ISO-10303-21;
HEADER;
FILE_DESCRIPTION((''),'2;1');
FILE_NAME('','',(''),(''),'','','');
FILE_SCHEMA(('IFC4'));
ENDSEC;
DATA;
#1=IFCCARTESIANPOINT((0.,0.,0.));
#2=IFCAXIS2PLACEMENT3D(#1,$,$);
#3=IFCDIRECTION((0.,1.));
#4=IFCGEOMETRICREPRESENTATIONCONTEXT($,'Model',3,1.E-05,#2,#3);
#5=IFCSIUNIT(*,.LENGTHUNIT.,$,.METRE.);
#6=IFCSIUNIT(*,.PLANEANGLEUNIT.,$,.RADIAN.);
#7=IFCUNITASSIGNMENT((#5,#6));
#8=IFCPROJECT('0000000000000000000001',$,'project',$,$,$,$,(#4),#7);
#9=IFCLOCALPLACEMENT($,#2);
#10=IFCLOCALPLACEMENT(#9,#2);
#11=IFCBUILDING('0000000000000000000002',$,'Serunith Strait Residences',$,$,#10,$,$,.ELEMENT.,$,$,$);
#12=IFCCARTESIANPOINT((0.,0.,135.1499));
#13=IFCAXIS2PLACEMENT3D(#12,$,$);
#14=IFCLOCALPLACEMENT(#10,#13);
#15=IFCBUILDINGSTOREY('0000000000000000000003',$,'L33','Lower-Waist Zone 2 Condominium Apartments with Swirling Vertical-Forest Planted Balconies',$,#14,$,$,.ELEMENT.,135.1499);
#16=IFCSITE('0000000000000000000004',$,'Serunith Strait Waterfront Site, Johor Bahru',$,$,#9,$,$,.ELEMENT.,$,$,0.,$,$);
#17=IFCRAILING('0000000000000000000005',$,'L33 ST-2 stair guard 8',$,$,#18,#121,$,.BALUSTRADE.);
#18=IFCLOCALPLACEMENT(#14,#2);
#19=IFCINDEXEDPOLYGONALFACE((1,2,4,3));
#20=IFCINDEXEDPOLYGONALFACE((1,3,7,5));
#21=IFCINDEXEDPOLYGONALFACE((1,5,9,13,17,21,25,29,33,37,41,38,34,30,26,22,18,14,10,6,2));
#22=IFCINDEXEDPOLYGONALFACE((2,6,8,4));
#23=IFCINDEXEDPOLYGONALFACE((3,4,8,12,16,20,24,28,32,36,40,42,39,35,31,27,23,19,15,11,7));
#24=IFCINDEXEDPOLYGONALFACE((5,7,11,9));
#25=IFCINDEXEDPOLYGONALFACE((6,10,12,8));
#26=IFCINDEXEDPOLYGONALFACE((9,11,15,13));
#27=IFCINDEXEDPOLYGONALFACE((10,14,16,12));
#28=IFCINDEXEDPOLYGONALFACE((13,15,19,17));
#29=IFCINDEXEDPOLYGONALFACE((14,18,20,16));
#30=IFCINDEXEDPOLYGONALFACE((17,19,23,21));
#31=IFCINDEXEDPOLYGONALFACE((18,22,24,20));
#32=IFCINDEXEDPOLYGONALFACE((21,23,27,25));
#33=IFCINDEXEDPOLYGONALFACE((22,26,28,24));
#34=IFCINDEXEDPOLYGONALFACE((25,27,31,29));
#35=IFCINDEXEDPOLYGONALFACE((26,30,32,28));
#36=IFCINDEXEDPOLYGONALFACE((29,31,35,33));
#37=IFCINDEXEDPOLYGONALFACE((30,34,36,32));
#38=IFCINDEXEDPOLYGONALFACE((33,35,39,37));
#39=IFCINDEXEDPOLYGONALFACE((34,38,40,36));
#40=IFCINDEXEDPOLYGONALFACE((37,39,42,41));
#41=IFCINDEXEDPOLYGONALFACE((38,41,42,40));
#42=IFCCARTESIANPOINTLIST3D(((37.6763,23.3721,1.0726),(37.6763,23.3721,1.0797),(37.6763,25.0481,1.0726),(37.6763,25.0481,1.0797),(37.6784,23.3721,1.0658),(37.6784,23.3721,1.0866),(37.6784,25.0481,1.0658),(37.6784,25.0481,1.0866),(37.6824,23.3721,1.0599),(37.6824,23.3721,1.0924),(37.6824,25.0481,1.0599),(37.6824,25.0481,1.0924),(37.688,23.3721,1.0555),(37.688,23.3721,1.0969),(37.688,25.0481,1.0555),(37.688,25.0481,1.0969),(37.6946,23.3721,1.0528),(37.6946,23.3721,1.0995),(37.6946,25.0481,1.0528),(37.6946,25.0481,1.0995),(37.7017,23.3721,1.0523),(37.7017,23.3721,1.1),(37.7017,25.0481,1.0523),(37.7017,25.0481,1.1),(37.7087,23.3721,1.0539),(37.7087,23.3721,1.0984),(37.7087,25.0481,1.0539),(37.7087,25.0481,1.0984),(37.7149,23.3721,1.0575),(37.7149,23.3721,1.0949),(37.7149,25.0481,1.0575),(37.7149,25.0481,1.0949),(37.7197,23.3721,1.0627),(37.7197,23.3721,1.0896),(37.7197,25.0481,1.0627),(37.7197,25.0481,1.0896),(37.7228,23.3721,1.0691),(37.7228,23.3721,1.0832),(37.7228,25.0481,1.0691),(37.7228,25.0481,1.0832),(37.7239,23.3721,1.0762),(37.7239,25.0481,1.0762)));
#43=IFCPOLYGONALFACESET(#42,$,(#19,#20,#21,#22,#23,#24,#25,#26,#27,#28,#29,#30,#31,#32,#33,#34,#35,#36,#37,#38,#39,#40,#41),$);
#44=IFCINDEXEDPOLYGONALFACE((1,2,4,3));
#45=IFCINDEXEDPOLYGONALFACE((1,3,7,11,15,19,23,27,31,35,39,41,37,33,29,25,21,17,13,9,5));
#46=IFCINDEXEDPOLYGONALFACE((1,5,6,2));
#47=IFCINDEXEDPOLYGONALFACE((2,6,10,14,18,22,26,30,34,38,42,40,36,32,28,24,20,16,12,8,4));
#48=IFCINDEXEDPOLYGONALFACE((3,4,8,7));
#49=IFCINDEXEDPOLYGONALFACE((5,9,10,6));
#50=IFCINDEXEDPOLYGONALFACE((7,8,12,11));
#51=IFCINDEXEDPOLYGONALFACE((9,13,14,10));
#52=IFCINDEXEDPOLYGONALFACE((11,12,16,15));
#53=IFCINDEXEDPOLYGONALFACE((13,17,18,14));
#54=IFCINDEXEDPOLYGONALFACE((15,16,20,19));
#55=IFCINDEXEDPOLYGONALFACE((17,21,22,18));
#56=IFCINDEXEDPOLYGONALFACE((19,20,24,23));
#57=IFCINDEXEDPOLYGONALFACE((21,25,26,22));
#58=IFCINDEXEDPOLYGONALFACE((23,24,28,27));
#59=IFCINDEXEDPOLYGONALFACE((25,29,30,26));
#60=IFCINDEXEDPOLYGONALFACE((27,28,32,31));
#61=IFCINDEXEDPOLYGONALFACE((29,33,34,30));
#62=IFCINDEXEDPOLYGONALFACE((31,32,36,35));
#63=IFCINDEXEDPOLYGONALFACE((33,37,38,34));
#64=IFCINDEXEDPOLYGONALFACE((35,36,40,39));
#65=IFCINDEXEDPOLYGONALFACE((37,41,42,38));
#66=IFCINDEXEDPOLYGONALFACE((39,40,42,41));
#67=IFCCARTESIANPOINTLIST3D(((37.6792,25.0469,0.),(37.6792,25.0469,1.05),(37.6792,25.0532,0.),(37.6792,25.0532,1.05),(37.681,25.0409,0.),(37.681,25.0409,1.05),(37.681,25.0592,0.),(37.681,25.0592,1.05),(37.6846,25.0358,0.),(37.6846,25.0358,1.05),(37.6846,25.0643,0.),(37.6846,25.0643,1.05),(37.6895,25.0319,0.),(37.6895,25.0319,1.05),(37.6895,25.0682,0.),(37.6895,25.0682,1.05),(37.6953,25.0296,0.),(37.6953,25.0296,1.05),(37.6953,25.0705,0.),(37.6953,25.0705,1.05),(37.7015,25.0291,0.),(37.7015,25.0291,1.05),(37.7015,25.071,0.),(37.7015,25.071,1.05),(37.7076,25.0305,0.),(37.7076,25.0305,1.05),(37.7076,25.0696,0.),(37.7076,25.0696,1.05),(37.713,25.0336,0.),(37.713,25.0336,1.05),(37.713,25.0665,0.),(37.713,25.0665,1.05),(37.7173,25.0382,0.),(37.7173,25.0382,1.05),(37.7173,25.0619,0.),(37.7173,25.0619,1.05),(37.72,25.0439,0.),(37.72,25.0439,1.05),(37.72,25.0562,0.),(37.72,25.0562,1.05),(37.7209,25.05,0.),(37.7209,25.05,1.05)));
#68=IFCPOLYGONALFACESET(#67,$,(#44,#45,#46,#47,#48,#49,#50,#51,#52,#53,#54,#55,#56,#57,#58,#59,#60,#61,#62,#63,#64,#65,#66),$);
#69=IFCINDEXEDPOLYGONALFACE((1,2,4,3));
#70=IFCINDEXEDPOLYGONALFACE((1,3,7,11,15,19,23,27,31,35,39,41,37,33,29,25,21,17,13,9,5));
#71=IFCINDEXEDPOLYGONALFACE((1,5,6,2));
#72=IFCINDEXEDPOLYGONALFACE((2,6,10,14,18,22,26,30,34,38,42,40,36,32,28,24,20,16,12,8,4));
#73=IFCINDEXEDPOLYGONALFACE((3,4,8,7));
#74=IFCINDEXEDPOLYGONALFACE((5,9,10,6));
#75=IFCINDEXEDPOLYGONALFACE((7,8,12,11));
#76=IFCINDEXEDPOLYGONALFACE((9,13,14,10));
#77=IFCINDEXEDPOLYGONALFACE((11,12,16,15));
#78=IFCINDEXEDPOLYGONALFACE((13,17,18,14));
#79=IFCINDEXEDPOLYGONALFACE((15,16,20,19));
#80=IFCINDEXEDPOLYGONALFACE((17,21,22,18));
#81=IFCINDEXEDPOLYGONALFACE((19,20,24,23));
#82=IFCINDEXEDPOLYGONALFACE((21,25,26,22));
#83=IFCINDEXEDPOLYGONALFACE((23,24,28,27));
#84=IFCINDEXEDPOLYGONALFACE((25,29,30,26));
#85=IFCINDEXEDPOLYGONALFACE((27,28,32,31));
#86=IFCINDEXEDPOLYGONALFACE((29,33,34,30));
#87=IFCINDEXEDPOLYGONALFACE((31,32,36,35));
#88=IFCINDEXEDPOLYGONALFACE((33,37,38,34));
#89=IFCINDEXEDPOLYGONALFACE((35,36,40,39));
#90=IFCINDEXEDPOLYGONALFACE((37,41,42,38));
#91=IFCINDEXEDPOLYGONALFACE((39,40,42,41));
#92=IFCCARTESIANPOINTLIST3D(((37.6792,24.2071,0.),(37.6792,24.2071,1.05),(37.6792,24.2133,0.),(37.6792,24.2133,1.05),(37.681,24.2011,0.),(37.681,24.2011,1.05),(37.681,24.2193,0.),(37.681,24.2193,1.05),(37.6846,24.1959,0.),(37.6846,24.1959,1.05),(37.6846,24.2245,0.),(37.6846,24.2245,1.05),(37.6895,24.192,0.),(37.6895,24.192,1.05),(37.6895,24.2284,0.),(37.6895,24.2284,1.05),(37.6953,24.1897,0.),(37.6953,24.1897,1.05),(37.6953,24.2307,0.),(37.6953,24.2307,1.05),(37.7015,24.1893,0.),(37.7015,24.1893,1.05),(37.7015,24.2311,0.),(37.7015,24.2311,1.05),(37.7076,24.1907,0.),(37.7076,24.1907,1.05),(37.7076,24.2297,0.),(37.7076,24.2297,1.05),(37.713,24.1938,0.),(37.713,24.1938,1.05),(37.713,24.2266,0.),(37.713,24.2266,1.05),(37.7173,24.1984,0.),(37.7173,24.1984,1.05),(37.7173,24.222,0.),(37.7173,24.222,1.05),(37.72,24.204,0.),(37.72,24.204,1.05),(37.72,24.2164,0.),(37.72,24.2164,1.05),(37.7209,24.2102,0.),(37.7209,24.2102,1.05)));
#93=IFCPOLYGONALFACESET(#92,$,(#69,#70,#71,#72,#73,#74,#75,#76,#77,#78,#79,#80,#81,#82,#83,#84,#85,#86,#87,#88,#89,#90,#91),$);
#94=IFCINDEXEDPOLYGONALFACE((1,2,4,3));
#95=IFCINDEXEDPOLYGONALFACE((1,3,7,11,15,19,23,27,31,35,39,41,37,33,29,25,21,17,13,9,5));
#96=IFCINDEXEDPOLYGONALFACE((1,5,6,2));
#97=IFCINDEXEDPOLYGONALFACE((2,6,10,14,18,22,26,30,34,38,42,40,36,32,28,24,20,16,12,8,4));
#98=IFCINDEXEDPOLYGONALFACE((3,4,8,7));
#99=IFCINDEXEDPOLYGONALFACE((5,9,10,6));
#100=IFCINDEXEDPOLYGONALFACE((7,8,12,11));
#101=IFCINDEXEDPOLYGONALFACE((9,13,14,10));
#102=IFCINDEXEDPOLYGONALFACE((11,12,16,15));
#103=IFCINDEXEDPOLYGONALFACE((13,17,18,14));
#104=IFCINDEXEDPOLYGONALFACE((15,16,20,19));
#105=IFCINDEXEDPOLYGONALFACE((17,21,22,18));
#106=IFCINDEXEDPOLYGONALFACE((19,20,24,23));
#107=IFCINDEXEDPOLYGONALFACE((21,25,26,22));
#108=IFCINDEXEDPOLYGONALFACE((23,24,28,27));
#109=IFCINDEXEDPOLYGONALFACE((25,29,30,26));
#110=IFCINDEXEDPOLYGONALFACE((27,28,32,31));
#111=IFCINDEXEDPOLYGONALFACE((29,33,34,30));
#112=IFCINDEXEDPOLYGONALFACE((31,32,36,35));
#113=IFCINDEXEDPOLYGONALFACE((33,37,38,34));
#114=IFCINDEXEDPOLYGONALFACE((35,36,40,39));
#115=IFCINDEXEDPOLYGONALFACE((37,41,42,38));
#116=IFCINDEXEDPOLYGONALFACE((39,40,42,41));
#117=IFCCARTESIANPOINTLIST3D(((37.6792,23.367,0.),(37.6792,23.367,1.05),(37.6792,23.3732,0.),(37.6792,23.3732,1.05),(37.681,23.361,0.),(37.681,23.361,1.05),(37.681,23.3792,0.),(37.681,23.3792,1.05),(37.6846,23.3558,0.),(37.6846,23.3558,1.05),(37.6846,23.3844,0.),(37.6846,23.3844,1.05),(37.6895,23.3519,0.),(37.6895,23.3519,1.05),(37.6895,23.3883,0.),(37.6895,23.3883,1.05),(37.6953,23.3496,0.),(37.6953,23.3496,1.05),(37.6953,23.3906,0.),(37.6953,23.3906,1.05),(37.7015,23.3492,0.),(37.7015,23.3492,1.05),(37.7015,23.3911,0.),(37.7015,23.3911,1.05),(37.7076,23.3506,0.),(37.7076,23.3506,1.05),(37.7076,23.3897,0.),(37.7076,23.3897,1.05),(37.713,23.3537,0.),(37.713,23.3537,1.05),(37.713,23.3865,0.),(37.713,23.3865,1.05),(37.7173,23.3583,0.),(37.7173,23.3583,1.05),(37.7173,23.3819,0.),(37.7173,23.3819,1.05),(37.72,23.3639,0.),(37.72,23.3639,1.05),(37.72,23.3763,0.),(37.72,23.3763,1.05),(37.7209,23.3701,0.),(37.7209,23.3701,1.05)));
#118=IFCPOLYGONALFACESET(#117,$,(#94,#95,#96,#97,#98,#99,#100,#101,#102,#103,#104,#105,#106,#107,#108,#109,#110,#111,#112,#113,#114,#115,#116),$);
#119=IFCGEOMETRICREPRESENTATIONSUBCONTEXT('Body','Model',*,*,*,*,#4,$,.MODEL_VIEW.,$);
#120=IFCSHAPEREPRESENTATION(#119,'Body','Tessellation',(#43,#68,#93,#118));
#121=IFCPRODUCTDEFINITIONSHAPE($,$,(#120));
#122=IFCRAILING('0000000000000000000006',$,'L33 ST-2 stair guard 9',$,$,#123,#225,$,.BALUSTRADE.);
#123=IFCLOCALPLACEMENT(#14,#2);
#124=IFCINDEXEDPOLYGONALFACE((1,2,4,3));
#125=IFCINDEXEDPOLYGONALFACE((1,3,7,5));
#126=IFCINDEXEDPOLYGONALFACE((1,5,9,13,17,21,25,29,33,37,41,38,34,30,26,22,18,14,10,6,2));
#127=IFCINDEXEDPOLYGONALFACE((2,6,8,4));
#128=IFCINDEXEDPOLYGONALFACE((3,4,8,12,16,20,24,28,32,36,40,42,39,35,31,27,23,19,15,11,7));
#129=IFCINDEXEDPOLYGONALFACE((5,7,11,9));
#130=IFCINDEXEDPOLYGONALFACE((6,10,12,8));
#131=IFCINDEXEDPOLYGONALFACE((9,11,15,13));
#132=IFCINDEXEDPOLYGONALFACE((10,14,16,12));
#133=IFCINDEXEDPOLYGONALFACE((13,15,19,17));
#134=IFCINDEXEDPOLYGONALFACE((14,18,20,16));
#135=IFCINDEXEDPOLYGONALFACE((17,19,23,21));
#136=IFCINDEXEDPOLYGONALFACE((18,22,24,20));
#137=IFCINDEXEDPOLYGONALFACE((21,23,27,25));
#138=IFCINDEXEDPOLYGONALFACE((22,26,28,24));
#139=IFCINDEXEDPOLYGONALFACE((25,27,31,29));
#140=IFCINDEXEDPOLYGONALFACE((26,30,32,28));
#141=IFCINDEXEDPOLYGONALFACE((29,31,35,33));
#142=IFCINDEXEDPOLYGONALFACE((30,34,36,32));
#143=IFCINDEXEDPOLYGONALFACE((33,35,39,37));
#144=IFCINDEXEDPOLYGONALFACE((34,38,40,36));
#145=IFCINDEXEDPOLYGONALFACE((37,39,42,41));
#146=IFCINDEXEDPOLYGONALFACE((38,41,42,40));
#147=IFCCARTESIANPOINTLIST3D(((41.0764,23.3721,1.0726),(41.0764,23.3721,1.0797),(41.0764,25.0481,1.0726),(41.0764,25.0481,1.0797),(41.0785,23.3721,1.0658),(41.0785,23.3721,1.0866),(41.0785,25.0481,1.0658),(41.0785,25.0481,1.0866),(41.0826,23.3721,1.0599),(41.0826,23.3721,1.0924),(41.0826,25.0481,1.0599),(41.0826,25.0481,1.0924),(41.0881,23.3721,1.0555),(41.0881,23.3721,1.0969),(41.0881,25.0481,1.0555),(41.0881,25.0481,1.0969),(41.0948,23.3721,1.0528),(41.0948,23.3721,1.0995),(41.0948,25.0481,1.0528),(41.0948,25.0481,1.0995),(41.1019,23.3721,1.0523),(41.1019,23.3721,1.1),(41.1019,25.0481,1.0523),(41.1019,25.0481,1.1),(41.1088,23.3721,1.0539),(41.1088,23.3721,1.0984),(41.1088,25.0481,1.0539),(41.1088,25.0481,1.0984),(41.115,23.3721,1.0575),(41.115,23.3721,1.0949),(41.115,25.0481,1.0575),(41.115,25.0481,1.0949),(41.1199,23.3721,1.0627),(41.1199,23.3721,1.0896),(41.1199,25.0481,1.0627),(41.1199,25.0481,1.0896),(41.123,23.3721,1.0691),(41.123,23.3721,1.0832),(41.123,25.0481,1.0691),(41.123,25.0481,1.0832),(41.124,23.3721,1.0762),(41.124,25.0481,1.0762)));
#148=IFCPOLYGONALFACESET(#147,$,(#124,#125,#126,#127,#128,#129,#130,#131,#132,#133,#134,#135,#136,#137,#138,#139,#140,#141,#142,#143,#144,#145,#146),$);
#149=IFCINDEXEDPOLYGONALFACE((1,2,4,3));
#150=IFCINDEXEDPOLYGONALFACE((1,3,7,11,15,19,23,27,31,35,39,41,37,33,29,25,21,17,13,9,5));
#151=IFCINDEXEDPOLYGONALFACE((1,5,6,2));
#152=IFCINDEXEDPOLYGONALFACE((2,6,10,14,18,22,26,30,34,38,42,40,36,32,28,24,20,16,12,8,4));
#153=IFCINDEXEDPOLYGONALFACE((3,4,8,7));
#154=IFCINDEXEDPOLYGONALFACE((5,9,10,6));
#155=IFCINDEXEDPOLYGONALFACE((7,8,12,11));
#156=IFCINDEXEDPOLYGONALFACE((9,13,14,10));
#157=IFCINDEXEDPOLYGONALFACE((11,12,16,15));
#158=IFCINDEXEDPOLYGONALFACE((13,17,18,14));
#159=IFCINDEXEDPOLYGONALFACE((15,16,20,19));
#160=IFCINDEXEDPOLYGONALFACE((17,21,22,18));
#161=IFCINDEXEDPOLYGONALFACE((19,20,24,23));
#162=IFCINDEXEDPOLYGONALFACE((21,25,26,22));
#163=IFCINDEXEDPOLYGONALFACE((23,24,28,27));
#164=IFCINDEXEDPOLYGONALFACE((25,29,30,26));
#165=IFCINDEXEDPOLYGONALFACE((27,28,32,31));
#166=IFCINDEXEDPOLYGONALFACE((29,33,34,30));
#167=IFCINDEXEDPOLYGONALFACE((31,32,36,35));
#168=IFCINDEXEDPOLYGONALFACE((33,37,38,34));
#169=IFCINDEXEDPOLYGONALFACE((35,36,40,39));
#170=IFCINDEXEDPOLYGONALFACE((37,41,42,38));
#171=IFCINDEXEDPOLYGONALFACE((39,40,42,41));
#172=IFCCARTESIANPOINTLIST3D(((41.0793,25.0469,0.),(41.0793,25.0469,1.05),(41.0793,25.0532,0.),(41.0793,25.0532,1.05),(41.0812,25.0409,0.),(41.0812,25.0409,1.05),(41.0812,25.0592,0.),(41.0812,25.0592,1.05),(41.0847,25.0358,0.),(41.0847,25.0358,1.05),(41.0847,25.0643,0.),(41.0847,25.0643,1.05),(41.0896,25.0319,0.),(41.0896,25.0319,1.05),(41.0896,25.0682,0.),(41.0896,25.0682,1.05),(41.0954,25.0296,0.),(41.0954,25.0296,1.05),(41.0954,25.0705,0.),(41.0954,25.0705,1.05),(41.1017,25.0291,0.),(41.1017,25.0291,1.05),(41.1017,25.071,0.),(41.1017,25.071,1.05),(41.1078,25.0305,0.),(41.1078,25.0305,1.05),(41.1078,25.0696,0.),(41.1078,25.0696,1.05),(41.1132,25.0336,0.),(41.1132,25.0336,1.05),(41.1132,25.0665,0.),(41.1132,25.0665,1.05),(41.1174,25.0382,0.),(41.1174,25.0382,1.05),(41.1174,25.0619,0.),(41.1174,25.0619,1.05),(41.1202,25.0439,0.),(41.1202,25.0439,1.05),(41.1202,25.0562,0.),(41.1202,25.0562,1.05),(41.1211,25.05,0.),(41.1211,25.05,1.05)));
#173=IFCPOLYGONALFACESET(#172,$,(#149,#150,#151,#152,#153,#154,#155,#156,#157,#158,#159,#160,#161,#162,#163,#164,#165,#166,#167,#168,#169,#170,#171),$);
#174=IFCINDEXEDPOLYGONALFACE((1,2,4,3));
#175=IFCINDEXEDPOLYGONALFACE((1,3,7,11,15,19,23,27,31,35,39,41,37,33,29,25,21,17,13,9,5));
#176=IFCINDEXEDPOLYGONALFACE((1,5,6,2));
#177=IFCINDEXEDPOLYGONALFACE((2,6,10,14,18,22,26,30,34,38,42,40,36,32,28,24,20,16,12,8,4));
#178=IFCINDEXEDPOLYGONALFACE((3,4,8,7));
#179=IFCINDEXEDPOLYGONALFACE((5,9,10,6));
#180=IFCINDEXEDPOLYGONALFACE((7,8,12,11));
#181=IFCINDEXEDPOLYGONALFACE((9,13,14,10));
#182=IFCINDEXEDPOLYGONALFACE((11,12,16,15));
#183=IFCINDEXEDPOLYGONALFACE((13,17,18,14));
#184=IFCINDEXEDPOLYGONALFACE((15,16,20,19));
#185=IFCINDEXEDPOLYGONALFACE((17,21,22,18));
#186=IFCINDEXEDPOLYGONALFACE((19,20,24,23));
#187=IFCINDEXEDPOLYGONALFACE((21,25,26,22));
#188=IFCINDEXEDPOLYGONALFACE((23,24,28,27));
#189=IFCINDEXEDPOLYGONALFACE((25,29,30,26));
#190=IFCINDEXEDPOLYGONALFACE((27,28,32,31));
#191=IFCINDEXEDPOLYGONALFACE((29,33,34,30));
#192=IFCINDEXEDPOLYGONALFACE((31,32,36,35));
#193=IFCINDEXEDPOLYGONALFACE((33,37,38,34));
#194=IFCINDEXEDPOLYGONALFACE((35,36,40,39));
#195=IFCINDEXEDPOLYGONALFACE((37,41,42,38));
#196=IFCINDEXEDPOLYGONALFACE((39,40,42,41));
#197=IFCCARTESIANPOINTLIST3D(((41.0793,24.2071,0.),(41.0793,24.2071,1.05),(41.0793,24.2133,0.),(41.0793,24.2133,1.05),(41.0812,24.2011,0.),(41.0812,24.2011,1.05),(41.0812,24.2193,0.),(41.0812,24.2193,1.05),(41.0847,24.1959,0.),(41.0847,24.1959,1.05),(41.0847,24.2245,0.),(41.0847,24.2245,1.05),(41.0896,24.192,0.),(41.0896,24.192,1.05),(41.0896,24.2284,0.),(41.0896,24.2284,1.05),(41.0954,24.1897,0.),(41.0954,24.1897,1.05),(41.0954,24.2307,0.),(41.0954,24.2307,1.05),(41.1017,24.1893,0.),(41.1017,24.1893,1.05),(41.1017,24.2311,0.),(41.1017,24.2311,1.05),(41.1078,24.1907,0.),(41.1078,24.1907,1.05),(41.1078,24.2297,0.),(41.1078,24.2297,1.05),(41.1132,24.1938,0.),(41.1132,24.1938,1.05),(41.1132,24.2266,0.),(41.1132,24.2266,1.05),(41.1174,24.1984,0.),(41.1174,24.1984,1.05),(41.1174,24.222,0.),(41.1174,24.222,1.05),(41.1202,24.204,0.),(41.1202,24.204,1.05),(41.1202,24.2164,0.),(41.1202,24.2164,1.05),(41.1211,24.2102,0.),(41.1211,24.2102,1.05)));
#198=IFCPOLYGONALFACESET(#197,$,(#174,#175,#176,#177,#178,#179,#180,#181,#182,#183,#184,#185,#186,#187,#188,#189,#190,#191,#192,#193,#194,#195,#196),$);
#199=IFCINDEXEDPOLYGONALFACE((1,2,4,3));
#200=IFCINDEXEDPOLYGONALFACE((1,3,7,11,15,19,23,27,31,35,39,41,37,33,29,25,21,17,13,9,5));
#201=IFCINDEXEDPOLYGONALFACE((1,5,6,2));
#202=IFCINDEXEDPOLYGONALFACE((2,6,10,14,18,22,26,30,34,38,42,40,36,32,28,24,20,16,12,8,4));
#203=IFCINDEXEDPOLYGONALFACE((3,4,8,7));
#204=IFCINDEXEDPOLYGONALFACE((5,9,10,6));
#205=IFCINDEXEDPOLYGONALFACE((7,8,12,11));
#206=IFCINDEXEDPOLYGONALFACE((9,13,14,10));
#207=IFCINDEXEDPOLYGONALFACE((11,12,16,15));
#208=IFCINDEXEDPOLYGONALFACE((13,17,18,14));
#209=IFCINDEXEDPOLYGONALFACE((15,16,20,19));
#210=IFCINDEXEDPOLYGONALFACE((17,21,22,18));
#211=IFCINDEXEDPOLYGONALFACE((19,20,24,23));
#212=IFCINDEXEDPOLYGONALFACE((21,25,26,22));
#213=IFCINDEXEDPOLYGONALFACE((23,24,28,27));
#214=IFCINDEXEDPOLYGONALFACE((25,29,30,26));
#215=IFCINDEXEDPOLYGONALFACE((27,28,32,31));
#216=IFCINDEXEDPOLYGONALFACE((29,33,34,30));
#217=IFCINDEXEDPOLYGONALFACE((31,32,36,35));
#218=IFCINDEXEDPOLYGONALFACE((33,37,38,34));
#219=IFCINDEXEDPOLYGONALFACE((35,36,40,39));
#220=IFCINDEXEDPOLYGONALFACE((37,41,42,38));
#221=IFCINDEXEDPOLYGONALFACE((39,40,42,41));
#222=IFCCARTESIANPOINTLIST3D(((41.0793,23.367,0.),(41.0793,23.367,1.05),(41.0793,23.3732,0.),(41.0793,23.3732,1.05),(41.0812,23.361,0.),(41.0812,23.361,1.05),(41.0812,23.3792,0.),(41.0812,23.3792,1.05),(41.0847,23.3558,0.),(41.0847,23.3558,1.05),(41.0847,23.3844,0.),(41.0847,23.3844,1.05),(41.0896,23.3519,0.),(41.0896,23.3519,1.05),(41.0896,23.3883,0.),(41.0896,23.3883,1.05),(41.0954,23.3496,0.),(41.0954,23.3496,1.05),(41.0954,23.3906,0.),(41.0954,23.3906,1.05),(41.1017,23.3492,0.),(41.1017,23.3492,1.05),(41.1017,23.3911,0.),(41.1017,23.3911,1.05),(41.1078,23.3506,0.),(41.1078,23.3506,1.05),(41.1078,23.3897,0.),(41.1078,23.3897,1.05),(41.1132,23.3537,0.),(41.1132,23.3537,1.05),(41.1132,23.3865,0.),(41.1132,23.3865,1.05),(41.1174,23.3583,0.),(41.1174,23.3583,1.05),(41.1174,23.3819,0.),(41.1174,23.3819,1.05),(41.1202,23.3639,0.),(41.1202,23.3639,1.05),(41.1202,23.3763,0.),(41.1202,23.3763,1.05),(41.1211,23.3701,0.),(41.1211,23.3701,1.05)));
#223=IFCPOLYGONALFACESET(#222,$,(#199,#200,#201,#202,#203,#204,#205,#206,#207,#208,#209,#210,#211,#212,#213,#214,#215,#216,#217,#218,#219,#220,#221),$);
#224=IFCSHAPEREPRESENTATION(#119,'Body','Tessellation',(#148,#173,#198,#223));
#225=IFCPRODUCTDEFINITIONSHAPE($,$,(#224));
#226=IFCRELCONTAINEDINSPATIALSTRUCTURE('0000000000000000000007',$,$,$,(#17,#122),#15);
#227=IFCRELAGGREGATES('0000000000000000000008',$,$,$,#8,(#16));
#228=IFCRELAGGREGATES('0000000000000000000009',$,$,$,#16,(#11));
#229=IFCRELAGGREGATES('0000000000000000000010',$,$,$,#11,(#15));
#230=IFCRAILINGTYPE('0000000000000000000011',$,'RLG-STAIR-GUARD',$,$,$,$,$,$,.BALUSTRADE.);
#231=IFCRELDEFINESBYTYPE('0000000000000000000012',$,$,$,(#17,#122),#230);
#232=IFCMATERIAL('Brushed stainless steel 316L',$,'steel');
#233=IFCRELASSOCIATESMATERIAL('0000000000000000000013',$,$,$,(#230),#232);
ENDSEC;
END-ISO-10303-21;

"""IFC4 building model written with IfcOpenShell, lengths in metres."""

from ifc_helpers import new_model, si_unit, direction, frame, origin, origin_2d, place, context, subcontext, project, spatial, circle, extrude, material, type_object, element, save


model = new_model("IFC4")

# Units and contexts
model_context = context("Model", 3, precision=1e-05, world=origin(), true_north=direction((0.0, 1.0)))
body_context = subcontext(model_context, "Body", "Model", "MODEL_VIEW")
ifc_project = project(units=[si_unit("LENGTHUNIT", "METRE"), si_unit("PLANEANGLEUNIT", "RADIAN")], contexts=[model_context])

# Site, building, storey
site_placement = place(None, origin())
site = spatial("IfcSite", under=ifc_project, at=site_placement, Name="Serunith Strait Waterfront Site, Johor Bahru", CompositionType="ELEMENT", RefElevation=0.0)
building_placement = place(site_placement, origin())
building = spatial("IfcBuilding", under=site, at=building_placement, Name="Serunith Strait Residences", CompositionType="ELEMENT")
storey_placement = place(building_placement, frame((0.0, 0.0, 135.1499)))
storey = spatial("IfcBuildingStorey", under=building, at=storey_placement, Name="L33", Description="Lower-Waist Zone 2 Condominium Apartments with Swirling Vertical-Forest Planted Balconies", CompositionType="ELEMENT", Elevation=135.1499)

# Railings
ifc_material_1 = material(Name="Brushed stainless steel 316L", Category="steel")
railing_type = type_object("IfcRailingType", Name="RLG-STAIR-GUARD", PredefinedType="BALUSTRADE", material=ifc_material_1)
for number, where, name in (
    (1, (37.7, 25.05, 0.0), "L33 ST-2 stair guard 8"),
    (2, (41.1001, 25.05, 0.0), "L33 ST-2 stair guard 9"),
):
    element("IfcRailing", number, at=place(storey_placement, frame(where)), inside=storey, type_object=railing_type, Name=name, PredefinedType="BALUSTRADE", context=body_context, shape_type="SweptSolid", body=[
        extrude(circle(Radius=0.0239, at=origin_2d()), frame((0.0, -0.002, 1.0762), z_axis=(0.0, -1.0, 0.0), x_axis=(1.0, 0.0, 0.0)), (0.0, 0.0, 1.0), 1.676),
        extrude(circle(Radius=0.021, at=origin_2d()), origin(), (0.0, 0.0, 1.0), 1.05),
        extrude(circle(Radius=0.021, at=origin_2d()), frame((0.0, -0.8398, 0.0)), (0.0, 0.0, 1.0), 1.05),
        extrude(circle(Radius=0.021, at=origin_2d()), frame((0.0, -1.6799, 0.0)), (0.0, 0.0, 1.0), 1.05),
    ])

save(model, "model.ifc")
